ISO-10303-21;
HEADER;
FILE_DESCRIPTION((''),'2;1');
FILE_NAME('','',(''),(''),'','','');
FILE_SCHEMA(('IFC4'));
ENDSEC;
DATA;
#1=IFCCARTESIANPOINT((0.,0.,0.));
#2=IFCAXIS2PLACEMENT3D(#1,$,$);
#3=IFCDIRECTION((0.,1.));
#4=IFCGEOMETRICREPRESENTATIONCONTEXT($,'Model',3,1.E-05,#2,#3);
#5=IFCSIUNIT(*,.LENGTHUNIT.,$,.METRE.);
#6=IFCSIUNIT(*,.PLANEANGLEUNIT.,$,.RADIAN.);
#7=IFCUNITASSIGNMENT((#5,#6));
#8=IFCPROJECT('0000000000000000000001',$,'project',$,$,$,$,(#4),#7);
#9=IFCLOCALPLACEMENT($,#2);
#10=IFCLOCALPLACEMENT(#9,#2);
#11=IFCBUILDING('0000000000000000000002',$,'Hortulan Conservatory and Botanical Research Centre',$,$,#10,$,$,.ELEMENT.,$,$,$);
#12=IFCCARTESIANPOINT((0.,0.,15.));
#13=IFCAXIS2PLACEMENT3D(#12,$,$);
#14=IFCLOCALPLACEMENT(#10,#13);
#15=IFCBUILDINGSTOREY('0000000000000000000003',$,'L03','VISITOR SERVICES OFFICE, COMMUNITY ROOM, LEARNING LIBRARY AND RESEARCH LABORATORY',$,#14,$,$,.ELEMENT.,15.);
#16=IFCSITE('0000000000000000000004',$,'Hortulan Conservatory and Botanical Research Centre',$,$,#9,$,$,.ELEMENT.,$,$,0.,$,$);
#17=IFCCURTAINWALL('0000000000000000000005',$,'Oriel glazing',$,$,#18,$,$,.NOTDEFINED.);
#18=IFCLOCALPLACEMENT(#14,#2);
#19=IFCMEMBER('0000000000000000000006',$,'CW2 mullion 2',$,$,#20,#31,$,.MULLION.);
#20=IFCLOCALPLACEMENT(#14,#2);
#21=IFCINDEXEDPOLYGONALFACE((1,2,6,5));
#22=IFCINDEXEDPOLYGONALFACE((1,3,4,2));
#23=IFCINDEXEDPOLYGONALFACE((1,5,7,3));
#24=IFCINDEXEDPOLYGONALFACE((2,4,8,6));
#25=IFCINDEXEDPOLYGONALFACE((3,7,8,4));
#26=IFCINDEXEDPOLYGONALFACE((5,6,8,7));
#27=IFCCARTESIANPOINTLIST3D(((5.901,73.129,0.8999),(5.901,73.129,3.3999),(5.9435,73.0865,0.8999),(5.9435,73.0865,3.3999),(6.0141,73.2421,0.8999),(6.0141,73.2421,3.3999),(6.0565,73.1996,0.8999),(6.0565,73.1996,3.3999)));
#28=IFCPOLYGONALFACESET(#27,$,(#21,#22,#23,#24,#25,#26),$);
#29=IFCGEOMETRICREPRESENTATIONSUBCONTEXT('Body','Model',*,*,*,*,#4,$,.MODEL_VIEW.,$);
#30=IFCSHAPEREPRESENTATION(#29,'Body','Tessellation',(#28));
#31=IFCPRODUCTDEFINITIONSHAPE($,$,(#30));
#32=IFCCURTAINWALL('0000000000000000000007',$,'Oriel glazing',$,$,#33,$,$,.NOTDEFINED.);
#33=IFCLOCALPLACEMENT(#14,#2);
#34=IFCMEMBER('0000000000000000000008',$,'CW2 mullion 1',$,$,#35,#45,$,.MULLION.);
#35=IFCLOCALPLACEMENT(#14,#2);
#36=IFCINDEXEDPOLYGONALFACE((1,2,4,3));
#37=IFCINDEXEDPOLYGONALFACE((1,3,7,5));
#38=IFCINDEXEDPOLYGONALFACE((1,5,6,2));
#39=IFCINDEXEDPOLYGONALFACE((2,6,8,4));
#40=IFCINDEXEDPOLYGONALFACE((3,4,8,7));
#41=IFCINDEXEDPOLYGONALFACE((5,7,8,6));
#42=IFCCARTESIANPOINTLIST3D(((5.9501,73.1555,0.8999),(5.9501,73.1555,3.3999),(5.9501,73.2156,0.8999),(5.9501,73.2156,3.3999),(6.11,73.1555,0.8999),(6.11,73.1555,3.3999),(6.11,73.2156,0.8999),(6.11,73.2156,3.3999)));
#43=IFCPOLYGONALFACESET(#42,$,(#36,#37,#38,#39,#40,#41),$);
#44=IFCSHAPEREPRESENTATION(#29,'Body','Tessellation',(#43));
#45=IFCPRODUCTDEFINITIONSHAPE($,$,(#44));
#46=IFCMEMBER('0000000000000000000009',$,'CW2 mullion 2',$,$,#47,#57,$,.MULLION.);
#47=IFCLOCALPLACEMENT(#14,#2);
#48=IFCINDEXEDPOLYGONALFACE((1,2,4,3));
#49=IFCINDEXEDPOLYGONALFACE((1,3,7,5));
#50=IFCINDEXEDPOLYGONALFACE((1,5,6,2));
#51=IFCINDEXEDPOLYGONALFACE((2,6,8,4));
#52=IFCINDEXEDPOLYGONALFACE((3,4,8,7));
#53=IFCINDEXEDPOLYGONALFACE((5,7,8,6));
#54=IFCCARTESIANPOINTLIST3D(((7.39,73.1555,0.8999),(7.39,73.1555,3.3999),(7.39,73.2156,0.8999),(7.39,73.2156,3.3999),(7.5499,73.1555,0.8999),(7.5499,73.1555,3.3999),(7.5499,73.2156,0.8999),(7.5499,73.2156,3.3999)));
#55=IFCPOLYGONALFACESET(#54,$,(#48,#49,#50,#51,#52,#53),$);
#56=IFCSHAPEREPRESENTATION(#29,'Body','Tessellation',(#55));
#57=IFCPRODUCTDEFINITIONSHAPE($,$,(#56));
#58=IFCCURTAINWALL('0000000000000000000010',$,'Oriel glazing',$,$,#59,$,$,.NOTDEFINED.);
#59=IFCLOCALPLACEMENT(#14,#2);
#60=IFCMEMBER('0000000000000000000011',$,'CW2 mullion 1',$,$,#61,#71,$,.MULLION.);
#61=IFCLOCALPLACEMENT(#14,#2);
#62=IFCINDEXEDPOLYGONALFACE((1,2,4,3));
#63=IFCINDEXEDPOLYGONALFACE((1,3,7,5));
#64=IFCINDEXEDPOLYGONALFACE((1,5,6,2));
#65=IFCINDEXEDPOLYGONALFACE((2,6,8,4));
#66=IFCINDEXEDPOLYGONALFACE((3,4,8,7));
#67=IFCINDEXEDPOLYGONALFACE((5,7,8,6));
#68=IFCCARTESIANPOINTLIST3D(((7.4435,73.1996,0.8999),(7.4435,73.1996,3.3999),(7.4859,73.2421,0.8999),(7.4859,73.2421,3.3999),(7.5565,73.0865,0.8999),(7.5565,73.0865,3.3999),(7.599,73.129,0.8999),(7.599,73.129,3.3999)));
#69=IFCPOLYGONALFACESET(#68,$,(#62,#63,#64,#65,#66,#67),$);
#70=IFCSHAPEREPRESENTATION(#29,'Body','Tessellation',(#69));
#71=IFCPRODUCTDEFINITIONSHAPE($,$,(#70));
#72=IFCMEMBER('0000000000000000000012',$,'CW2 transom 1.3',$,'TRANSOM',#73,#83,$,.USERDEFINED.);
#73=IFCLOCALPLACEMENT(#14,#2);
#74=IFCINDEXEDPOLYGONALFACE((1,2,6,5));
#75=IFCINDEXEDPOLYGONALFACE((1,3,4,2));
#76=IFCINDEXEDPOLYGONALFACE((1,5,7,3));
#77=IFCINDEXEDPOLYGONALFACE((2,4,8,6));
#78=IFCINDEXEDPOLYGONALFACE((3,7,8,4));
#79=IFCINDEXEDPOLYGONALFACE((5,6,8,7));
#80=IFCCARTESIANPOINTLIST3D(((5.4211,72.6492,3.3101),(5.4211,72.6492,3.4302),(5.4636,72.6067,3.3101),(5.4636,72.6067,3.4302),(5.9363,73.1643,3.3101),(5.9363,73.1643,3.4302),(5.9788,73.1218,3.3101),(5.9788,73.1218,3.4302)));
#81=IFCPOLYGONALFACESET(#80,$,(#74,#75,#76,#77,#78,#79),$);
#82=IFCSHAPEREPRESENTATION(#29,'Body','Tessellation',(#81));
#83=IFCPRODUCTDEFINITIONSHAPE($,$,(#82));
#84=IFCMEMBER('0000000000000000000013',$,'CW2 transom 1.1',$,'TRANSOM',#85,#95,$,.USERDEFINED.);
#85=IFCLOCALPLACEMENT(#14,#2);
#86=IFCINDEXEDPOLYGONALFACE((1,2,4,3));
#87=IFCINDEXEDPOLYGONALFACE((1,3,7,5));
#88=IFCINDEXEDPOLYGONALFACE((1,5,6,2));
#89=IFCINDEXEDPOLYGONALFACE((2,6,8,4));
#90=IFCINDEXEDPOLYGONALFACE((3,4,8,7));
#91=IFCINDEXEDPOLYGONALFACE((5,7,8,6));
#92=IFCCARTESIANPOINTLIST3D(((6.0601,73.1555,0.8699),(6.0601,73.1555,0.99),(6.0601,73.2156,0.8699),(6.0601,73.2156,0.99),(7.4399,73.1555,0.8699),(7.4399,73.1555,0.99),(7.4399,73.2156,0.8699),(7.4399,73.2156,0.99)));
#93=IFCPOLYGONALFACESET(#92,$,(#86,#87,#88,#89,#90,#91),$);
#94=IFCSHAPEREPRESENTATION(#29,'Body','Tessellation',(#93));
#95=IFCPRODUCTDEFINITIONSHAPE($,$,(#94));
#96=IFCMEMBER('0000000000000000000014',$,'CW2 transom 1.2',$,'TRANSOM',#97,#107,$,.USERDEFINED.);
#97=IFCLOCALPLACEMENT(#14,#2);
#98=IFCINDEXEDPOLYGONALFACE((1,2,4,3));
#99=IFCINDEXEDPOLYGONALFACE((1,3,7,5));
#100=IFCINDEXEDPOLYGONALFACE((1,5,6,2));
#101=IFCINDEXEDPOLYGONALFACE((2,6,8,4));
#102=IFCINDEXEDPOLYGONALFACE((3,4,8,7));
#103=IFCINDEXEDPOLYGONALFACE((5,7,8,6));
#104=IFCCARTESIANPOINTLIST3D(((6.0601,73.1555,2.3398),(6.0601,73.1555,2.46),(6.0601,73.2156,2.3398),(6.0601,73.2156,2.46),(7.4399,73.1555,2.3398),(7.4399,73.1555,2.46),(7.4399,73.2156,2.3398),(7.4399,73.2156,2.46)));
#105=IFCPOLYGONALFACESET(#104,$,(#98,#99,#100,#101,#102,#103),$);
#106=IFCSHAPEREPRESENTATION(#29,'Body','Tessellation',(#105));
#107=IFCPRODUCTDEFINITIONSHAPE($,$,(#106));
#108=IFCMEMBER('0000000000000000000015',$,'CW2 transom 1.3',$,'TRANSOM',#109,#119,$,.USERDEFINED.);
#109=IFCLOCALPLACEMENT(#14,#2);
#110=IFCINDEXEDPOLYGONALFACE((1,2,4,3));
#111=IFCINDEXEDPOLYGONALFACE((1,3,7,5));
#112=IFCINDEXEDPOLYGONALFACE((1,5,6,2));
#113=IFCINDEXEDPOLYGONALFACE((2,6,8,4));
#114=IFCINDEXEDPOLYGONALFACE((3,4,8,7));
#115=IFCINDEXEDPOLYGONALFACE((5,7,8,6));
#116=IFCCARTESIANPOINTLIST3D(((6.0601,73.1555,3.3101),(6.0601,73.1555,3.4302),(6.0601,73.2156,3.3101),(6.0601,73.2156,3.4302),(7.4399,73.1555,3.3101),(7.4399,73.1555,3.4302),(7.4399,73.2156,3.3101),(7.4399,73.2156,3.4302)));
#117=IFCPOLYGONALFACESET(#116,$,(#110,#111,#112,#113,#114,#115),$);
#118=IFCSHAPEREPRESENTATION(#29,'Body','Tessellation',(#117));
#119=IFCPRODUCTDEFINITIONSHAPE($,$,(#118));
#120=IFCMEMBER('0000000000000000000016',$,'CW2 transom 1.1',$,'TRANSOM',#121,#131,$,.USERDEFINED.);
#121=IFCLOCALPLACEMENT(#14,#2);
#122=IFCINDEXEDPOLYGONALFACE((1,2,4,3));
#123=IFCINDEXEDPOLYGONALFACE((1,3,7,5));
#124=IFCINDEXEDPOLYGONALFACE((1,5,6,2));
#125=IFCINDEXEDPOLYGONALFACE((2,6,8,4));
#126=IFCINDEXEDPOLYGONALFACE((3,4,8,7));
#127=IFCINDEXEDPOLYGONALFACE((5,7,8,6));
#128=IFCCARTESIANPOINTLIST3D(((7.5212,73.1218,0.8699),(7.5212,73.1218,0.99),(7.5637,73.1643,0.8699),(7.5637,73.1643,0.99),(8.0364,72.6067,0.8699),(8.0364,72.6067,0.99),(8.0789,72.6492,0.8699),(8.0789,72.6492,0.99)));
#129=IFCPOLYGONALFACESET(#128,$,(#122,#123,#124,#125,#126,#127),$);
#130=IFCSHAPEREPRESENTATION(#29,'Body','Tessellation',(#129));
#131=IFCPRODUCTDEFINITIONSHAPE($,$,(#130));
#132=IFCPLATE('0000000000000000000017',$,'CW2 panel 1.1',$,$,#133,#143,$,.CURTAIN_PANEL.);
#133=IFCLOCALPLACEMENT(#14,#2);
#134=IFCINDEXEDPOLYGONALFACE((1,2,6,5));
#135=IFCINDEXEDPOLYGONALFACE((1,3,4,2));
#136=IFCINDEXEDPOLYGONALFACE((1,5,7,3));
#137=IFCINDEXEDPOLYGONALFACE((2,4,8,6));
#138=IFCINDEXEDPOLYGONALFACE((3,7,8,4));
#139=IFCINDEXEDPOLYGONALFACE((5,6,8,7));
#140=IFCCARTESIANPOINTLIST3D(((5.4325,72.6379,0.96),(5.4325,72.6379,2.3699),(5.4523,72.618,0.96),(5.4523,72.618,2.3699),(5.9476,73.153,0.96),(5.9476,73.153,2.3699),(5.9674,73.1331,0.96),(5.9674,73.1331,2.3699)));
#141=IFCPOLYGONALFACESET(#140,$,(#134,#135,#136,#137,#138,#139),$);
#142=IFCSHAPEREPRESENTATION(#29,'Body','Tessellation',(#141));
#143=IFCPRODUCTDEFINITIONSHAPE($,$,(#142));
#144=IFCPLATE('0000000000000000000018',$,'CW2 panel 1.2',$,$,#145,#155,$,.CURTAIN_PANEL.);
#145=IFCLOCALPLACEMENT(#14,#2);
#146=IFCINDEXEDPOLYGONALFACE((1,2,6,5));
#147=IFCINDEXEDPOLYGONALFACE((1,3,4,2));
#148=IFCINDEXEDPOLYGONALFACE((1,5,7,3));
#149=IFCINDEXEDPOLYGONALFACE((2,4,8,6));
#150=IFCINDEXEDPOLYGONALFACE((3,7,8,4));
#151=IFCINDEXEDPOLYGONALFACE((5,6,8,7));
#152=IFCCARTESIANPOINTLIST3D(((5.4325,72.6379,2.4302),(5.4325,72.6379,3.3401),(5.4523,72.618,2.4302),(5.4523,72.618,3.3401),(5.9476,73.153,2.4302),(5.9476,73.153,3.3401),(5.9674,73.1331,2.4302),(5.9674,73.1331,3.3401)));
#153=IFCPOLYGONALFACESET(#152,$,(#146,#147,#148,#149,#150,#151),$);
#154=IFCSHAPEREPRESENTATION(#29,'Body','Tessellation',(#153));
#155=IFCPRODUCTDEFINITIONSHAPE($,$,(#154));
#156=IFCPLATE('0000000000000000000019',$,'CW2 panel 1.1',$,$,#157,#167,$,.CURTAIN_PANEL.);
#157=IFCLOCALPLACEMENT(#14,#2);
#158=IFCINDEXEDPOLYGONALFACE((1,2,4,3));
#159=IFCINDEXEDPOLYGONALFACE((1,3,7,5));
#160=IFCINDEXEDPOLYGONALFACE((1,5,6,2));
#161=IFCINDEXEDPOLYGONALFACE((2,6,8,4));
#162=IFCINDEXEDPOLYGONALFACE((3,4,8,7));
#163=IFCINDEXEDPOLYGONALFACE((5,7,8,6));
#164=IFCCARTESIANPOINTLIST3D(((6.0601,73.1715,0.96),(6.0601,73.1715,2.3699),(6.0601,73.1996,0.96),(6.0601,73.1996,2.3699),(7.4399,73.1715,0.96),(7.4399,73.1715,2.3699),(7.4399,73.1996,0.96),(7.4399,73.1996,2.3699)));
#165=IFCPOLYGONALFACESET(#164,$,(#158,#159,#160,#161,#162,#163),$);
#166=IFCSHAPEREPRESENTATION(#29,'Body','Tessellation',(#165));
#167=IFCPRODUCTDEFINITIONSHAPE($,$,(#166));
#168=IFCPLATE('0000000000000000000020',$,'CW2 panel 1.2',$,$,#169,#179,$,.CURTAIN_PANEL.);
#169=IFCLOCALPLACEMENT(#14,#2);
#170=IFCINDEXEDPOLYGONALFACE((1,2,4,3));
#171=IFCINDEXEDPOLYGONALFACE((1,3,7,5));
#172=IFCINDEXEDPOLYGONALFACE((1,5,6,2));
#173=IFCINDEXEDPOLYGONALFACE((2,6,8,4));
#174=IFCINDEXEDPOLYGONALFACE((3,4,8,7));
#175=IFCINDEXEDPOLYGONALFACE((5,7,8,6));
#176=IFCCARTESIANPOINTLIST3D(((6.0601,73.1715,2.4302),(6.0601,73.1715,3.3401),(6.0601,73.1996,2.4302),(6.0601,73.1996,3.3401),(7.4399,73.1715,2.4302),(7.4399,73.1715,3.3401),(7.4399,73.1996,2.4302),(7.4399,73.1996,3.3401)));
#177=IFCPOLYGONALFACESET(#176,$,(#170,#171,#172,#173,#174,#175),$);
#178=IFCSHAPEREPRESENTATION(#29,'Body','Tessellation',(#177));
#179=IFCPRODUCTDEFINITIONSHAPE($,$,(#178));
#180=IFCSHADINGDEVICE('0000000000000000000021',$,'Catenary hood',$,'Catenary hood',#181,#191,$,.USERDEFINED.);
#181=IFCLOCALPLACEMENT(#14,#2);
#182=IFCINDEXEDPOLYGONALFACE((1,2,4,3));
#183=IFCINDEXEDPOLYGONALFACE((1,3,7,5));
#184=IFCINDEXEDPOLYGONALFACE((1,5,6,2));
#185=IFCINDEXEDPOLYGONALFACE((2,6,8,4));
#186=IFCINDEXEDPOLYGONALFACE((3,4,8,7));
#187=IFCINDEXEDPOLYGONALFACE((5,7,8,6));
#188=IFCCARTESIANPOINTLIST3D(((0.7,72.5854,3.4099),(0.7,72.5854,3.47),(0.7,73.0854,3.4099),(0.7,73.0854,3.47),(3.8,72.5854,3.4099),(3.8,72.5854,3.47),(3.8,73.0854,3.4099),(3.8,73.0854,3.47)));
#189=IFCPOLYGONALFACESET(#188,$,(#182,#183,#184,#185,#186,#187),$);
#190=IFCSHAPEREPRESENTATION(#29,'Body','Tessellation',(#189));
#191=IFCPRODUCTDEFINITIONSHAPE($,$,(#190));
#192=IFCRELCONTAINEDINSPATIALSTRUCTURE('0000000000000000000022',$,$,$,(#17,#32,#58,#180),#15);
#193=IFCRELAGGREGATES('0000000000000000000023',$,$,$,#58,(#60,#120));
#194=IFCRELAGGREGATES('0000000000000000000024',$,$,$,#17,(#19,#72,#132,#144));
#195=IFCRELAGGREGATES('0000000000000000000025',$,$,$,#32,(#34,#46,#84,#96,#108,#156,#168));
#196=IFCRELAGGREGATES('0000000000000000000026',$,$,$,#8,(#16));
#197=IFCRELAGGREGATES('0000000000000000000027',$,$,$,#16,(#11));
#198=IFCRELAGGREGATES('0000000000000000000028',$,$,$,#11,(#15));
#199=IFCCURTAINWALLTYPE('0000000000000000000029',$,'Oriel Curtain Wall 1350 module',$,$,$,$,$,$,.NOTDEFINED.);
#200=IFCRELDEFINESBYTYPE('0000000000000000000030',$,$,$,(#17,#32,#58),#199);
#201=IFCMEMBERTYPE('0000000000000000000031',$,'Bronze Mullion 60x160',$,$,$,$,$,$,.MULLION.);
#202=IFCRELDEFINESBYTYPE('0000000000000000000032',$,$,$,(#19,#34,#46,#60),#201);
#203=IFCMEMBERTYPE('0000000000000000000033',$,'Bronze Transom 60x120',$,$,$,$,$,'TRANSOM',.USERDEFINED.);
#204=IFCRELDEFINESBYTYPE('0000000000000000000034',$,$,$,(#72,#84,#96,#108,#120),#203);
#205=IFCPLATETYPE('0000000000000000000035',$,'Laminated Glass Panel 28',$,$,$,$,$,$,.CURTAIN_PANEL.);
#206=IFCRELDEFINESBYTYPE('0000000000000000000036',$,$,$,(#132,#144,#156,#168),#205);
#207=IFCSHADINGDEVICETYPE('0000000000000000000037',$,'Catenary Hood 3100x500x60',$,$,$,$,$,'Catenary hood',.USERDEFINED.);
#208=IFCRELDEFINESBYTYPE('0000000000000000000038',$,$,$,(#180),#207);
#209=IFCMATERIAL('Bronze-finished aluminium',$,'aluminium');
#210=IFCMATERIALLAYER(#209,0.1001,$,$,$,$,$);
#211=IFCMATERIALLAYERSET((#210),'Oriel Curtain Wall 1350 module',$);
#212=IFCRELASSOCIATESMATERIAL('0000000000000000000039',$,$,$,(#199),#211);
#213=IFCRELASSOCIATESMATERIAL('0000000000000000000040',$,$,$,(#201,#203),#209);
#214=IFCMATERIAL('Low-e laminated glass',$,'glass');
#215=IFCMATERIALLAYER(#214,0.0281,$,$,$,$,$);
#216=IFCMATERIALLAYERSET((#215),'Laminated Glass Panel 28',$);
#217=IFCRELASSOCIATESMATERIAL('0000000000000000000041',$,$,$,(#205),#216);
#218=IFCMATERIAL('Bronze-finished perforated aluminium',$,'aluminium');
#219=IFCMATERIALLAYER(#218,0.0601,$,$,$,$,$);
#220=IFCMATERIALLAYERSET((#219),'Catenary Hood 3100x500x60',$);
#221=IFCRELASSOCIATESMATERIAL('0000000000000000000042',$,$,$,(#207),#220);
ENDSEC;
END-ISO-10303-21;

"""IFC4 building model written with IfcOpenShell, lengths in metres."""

from ifc_helpers import new_model, si_unit, direction, frame, origin, origin_2d, place, context, subcontext, project, spatial, rectangle, extrude, material, layer, layer_set, material_profile, profile_set, type_object, element, aggregate, save


model = new_model("IFC4")

# Units and contexts
model_context = context("Model", 3, precision=1e-05, world=origin(), true_north=direction((0.0, 1.0)))
body_context = subcontext(model_context, "Body", "Model", "MODEL_VIEW")
ifc_project = project(units=[si_unit("LENGTHUNIT", "METRE"), si_unit("PLANEANGLEUNIT", "RADIAN")], contexts=[model_context])

# Site, building, storey
site_placement = place(None, origin())
site = spatial("IfcSite", under=ifc_project, at=site_placement, Name="Hortulan Conservatory and Botanical Research Centre", CompositionType="ELEMENT", RefElevation=0.0)
building_placement = place(site_placement, origin())
building = spatial("IfcBuilding", under=site, at=building_placement, Name="Hortulan Conservatory and Botanical Research Centre", CompositionType="ELEMENT")
storey_placement = place(building_placement, frame((0.0, 0.0, 15.0)))
storey = spatial("IfcBuildingStorey", under=building, at=storey_placement, Name="L03", Description="VISITOR SERVICES OFFICE, COMMUNITY ROOM, LEARNING LIBRARY AND RESEARCH LABORATORY", CompositionType="ELEMENT", Elevation=15.0)

# Curtain wall, member
ifc_material_1 = material(Name="Bronze-finished aluminium", Category="aluminium")
ifc_layer_1 = layer(ifc_material_1, 0.1001)
ifc_layer_set_1 = layer_set([ifc_layer_1], Name="Oriel Curtain Wall 1350 module")
curtain_wall_type = type_object("IfcCurtainWallType", Name="Oriel Curtain Wall 1350 module", PredefinedType="NOTDEFINED", material=ifc_layer_set_1)
curtain_wall_1_placement = place(storey_placement, origin())
curtain_wall_1 = element("IfcCurtainWall", 1, at=curtain_wall_1_placement, inside=storey, type_object=curtain_wall_type, Name="Oriel glazing", PredefinedType="NOTDEFINED")
ifc_material_profile_1 = material_profile(ifc_material_1, rectangle(XDim=0.0601, YDim=0.1599, at=origin_2d()), Name="Bronze Mullion 60x160")
ifc_profile_set_1 = profile_set([ifc_material_profile_1], Name="Bronze-finished aluminium")
member_type_1 = type_object("IfcMemberType", Name="Bronze Mullion 60x160", PredefinedType="MULLION", material=ifc_profile_set_1)
member_1_placement = place(storey_placement, frame((5.9788, 73.1643, 0.8999), z_axis=(0.0, 0.0, 1.0), x_axis=(-0.707107, 0.707107, 0.0)))
member_1 = element("IfcMember", 2, at=member_1_placement, type_object=member_type_1, Name="CW2 mullion 2", PredefinedType="MULLION", context=body_context, shape_type="SweptSolid", body=[
    extrude(rectangle(XDim=0.0601, YDim=0.1599, at=origin_2d()), origin(), (0.0, 0.0, 1.0), 2.5),
])

# Curtain wall, members
curtain_wall_2_placement = place(storey_placement, origin())
curtain_wall_2 = element("IfcCurtainWall", 3, at=curtain_wall_2_placement, inside=storey, type_object=curtain_wall_type, Name="Oriel glazing", PredefinedType="NOTDEFINED")
member_2_placement = place(storey_placement, frame((6.03, 73.1855, 0.8999), z_axis=(0.0, 0.0, 1.0), x_axis=(0.0, 1.0, 0.0)))
member_2 = element("IfcMember", 4, at=member_2_placement, type_object=member_type_1, Name="CW2 mullion 1", PredefinedType="MULLION", context=body_context, shape_type="SweptSolid", body=[
    extrude(rectangle(XDim=0.0601, YDim=0.1599, at=origin_2d()), origin(), (0.0, 0.0, 1.0), 2.5),
])
member_3_placement = place(storey_placement, frame((7.47, 73.1855, 0.8999), z_axis=(0.0, 0.0, 1.0), x_axis=(0.0, 1.0, 0.0)))
member_3 = element("IfcMember", 5, at=member_3_placement, type_object=member_type_1, Name="CW2 mullion 2", PredefinedType="MULLION", context=body_context, shape_type="SweptSolid", body=[
    extrude(rectangle(XDim=0.0601, YDim=0.1599, at=origin_2d()), origin(), (0.0, 0.0, 1.0), 2.5),
])

# Curtain wall, member
curtain_wall_3_placement = place(storey_placement, origin())
curtain_wall_3 = element("IfcCurtainWall", 6, at=curtain_wall_3_placement, inside=storey, type_object=curtain_wall_type, Name="Oriel glazing", PredefinedType="NOTDEFINED")
member_4_placement = place(storey_placement, frame((7.5212, 73.1643, 0.8999), z_axis=(0.0, 0.0, 1.0), x_axis=(0.707107, 0.707107, 0.0)))
member_4 = element("IfcMember", 7, at=member_4_placement, type_object=member_type_1, Name="CW2 mullion 1", PredefinedType="MULLION", context=body_context, shape_type="SweptSolid", body=[
    extrude(rectangle(XDim=0.0601, YDim=0.1599, at=origin_2d()), origin(), (0.0, 0.0, 1.0), 2.5),
])

# Members
ifc_material_profile_2 = material_profile(ifc_material_1, rectangle(XDim=0.0601, YDim=0.1201, at=origin_2d()), Name="Bronze Transom 60x120")
ifc_profile_set_2 = profile_set([ifc_material_profile_2], Name="Bronze-finished aluminium")
member_type_2 = type_object("IfcMemberType", Name="Bronze Transom 60x120", ElementType="TRANSOM", PredefinedType="USERDEFINED", material=ifc_profile_set_2)
member_5_placement = place(storey_placement, frame((5.4424, 72.6279, 3.3701), z_axis=(0.707107, 0.707107, 0.0), x_axis=(-0.707107, 0.707107, 0.0)))
member_5 = element("IfcMember", 8, at=member_5_placement, type_object=member_type_2, Name="CW2 transom 1.3", ObjectType="TRANSOM", PredefinedType="USERDEFINED", context=body_context, shape_type="SweptSolid", body=[
    extrude(rectangle(XDim=0.0601, YDim=0.1201, at=origin_2d()), origin(), (0.0, 0.0, 1.0), 0.7285),
])
member_6_placement = place(storey_placement, frame((6.0601, 73.1855, 0.9299), z_axis=(1.0, 0.0, 0.0), x_axis=(0.0, 1.0, 0.0)))
member_6 = element("IfcMember", 9, at=member_6_placement, type_object=member_type_2, Name="CW2 transom 1.1", ObjectType="TRANSOM", PredefinedType="USERDEFINED", context=body_context, shape_type="SweptSolid", body=[
    extrude(rectangle(XDim=0.0601, YDim=0.1201, at=origin_2d()), origin(), (0.0, 0.0, 1.0), 1.3799),
])
member_7_placement = place(storey_placement, frame((6.0601, 73.1855, 2.3999), z_axis=(1.0, 0.0, 0.0), x_axis=(0.0, 1.0, 0.0)))
member_7 = element("IfcMember", 10, at=member_7_placement, type_object=member_type_2, Name="CW2 transom 1.2", ObjectType="TRANSOM", PredefinedType="USERDEFINED", context=body_context, shape_type="SweptSolid", body=[
    extrude(rectangle(XDim=0.0601, YDim=0.1201, at=origin_2d()), origin(), (0.0, 0.0, 1.0), 1.3799),
])
member_8_placement = place(storey_placement, frame((6.0601, 73.1855, 3.3701), z_axis=(1.0, 0.0, 0.0), x_axis=(0.0, 1.0, 0.0)))
member_8 = element("IfcMember", 11, at=member_8_placement, type_object=member_type_2, Name="CW2 transom 1.3", ObjectType="TRANSOM", PredefinedType="USERDEFINED", context=body_context, shape_type="SweptSolid", body=[
    extrude(rectangle(XDim=0.0601, YDim=0.1201, at=origin_2d()), origin(), (0.0, 0.0, 1.0), 1.3799),
])
member_9_placement = place(storey_placement, frame((7.5425, 73.1431, 0.9299), z_axis=(0.707107, -0.707107, 0.0), x_axis=(0.707107, 0.707107, 0.0)))
member_9 = element("IfcMember", 12, at=member_9_placement, type_object=member_type_2, Name="CW2 transom 1.1", ObjectType="TRANSOM", PredefinedType="USERDEFINED", context=body_context, shape_type="SweptSolid", body=[
    extrude(rectangle(XDim=0.0601, YDim=0.1201, at=origin_2d()), origin(), (0.0, 0.0, 1.0), 0.7285),
])
aggregate(curtain_wall_3, [member_4, member_9])

# Plates
ifc_material_2 = material(Name="Low-e laminated glass", Category="glass")
ifc_layer_2 = layer(ifc_material_2, 0.0281)
ifc_layer_set_2 = layer_set([ifc_layer_2], Name="Laminated Glass Panel 28")
plate_type = type_object("IfcPlateType", Name="Laminated Glass Panel 28", PredefinedType="CURTAIN_PANEL", material=ifc_layer_set_2)
plate_1_placement = place(storey_placement, frame((5.7, 72.8855, 0.96), z_axis=(0.0, 0.0, 1.0), x_axis=(0.707107, 0.707107, 0.0)))
plate_1 = element("IfcPlate", 13, at=plate_1_placement, type_object=plate_type, Name="CW2 panel 1.1", PredefinedType="CURTAIN_PANEL", context=body_context, shape_type="SweptSolid", body=[
    extrude(rectangle(XDim=0.7285, YDim=0.0281, at=origin_2d()), origin(), (0.0, 0.0, 1.0), 1.4099),
])
plate_2_placement = place(storey_placement, frame((5.7, 72.8855, 2.4302), z_axis=(0.0, 0.0, 1.0), x_axis=(0.707107, 0.707107, 0.0)))
plate_2 = element("IfcPlate", 14, at=plate_2_placement, type_object=plate_type, Name="CW2 panel 1.2", PredefinedType="CURTAIN_PANEL", context=body_context, shape_type="SweptSolid", body=[
    extrude(rectangle(XDim=0.7285, YDim=0.0281, at=origin_2d()), origin(), (0.0, 0.0, 1.0), 0.9099),
])
aggregate(curtain_wall_1, [member_1, member_5, plate_1, plate_2])
plate_3_placement = place(storey_placement, frame((6.75, 73.1855, 0.96), z_axis=(0.0, 0.0, 1.0), x_axis=(1.0, 0.0, 0.0)))
plate_3 = element("IfcPlate", 15, at=plate_3_placement, type_object=plate_type, Name="CW2 panel 1.1", PredefinedType="CURTAIN_PANEL", context=body_context, shape_type="SweptSolid", body=[
    extrude(rectangle(XDim=1.3799, YDim=0.0281, at=origin_2d()), origin(), (0.0, 0.0, 1.0), 1.4099),
])
plate_4_placement = place(storey_placement, frame((6.75, 73.1855, 2.4302), z_axis=(0.0, 0.0, 1.0), x_axis=(1.0, 0.0, 0.0)))
plate_4 = element("IfcPlate", 16, at=plate_4_placement, type_object=plate_type, Name="CW2 panel 1.2", PredefinedType="CURTAIN_PANEL", context=body_context, shape_type="SweptSolid", body=[
    extrude(rectangle(XDim=1.3799, YDim=0.0281, at=origin_2d()), origin(), (0.0, 0.0, 1.0), 0.9099),
])
aggregate(curtain_wall_2, [member_2, member_3, member_6, member_7, member_8, plate_3, plate_4])

# Shading device
ifc_material_3 = material(Name="Bronze-finished perforated aluminium", Category="aluminium")
ifc_layer_3 = layer(ifc_material_3, 0.0601)
ifc_layer_set_3 = layer_set([ifc_layer_3], Name="Catenary Hood 3100x500x60")
shading_device_type = type_object("IfcShadingDeviceType", Name="Catenary Hood 3100x500x60", ElementType="Catenary hood", PredefinedType="USERDEFINED", material=ifc_layer_set_3)
shading_device_placement = place(storey_placement, frame((2.25, 72.8354, 3.4099), z_axis=(0.0, 0.0, 1.0), x_axis=(1.0, 0.0, 0.0)))
element("IfcShadingDevice", 17, at=shading_device_placement, inside=storey, type_object=shading_device_type, Name="Catenary hood", ObjectType="Catenary hood", PredefinedType="USERDEFINED", context=body_context, shape_type="SweptSolid", body=[
    extrude(rectangle(XDim=3.1001, YDim=0.5, at=origin_2d()), origin(), (0.0, 0.0, 1.0), 0.0601),
])

save(model, "model.ifc")
